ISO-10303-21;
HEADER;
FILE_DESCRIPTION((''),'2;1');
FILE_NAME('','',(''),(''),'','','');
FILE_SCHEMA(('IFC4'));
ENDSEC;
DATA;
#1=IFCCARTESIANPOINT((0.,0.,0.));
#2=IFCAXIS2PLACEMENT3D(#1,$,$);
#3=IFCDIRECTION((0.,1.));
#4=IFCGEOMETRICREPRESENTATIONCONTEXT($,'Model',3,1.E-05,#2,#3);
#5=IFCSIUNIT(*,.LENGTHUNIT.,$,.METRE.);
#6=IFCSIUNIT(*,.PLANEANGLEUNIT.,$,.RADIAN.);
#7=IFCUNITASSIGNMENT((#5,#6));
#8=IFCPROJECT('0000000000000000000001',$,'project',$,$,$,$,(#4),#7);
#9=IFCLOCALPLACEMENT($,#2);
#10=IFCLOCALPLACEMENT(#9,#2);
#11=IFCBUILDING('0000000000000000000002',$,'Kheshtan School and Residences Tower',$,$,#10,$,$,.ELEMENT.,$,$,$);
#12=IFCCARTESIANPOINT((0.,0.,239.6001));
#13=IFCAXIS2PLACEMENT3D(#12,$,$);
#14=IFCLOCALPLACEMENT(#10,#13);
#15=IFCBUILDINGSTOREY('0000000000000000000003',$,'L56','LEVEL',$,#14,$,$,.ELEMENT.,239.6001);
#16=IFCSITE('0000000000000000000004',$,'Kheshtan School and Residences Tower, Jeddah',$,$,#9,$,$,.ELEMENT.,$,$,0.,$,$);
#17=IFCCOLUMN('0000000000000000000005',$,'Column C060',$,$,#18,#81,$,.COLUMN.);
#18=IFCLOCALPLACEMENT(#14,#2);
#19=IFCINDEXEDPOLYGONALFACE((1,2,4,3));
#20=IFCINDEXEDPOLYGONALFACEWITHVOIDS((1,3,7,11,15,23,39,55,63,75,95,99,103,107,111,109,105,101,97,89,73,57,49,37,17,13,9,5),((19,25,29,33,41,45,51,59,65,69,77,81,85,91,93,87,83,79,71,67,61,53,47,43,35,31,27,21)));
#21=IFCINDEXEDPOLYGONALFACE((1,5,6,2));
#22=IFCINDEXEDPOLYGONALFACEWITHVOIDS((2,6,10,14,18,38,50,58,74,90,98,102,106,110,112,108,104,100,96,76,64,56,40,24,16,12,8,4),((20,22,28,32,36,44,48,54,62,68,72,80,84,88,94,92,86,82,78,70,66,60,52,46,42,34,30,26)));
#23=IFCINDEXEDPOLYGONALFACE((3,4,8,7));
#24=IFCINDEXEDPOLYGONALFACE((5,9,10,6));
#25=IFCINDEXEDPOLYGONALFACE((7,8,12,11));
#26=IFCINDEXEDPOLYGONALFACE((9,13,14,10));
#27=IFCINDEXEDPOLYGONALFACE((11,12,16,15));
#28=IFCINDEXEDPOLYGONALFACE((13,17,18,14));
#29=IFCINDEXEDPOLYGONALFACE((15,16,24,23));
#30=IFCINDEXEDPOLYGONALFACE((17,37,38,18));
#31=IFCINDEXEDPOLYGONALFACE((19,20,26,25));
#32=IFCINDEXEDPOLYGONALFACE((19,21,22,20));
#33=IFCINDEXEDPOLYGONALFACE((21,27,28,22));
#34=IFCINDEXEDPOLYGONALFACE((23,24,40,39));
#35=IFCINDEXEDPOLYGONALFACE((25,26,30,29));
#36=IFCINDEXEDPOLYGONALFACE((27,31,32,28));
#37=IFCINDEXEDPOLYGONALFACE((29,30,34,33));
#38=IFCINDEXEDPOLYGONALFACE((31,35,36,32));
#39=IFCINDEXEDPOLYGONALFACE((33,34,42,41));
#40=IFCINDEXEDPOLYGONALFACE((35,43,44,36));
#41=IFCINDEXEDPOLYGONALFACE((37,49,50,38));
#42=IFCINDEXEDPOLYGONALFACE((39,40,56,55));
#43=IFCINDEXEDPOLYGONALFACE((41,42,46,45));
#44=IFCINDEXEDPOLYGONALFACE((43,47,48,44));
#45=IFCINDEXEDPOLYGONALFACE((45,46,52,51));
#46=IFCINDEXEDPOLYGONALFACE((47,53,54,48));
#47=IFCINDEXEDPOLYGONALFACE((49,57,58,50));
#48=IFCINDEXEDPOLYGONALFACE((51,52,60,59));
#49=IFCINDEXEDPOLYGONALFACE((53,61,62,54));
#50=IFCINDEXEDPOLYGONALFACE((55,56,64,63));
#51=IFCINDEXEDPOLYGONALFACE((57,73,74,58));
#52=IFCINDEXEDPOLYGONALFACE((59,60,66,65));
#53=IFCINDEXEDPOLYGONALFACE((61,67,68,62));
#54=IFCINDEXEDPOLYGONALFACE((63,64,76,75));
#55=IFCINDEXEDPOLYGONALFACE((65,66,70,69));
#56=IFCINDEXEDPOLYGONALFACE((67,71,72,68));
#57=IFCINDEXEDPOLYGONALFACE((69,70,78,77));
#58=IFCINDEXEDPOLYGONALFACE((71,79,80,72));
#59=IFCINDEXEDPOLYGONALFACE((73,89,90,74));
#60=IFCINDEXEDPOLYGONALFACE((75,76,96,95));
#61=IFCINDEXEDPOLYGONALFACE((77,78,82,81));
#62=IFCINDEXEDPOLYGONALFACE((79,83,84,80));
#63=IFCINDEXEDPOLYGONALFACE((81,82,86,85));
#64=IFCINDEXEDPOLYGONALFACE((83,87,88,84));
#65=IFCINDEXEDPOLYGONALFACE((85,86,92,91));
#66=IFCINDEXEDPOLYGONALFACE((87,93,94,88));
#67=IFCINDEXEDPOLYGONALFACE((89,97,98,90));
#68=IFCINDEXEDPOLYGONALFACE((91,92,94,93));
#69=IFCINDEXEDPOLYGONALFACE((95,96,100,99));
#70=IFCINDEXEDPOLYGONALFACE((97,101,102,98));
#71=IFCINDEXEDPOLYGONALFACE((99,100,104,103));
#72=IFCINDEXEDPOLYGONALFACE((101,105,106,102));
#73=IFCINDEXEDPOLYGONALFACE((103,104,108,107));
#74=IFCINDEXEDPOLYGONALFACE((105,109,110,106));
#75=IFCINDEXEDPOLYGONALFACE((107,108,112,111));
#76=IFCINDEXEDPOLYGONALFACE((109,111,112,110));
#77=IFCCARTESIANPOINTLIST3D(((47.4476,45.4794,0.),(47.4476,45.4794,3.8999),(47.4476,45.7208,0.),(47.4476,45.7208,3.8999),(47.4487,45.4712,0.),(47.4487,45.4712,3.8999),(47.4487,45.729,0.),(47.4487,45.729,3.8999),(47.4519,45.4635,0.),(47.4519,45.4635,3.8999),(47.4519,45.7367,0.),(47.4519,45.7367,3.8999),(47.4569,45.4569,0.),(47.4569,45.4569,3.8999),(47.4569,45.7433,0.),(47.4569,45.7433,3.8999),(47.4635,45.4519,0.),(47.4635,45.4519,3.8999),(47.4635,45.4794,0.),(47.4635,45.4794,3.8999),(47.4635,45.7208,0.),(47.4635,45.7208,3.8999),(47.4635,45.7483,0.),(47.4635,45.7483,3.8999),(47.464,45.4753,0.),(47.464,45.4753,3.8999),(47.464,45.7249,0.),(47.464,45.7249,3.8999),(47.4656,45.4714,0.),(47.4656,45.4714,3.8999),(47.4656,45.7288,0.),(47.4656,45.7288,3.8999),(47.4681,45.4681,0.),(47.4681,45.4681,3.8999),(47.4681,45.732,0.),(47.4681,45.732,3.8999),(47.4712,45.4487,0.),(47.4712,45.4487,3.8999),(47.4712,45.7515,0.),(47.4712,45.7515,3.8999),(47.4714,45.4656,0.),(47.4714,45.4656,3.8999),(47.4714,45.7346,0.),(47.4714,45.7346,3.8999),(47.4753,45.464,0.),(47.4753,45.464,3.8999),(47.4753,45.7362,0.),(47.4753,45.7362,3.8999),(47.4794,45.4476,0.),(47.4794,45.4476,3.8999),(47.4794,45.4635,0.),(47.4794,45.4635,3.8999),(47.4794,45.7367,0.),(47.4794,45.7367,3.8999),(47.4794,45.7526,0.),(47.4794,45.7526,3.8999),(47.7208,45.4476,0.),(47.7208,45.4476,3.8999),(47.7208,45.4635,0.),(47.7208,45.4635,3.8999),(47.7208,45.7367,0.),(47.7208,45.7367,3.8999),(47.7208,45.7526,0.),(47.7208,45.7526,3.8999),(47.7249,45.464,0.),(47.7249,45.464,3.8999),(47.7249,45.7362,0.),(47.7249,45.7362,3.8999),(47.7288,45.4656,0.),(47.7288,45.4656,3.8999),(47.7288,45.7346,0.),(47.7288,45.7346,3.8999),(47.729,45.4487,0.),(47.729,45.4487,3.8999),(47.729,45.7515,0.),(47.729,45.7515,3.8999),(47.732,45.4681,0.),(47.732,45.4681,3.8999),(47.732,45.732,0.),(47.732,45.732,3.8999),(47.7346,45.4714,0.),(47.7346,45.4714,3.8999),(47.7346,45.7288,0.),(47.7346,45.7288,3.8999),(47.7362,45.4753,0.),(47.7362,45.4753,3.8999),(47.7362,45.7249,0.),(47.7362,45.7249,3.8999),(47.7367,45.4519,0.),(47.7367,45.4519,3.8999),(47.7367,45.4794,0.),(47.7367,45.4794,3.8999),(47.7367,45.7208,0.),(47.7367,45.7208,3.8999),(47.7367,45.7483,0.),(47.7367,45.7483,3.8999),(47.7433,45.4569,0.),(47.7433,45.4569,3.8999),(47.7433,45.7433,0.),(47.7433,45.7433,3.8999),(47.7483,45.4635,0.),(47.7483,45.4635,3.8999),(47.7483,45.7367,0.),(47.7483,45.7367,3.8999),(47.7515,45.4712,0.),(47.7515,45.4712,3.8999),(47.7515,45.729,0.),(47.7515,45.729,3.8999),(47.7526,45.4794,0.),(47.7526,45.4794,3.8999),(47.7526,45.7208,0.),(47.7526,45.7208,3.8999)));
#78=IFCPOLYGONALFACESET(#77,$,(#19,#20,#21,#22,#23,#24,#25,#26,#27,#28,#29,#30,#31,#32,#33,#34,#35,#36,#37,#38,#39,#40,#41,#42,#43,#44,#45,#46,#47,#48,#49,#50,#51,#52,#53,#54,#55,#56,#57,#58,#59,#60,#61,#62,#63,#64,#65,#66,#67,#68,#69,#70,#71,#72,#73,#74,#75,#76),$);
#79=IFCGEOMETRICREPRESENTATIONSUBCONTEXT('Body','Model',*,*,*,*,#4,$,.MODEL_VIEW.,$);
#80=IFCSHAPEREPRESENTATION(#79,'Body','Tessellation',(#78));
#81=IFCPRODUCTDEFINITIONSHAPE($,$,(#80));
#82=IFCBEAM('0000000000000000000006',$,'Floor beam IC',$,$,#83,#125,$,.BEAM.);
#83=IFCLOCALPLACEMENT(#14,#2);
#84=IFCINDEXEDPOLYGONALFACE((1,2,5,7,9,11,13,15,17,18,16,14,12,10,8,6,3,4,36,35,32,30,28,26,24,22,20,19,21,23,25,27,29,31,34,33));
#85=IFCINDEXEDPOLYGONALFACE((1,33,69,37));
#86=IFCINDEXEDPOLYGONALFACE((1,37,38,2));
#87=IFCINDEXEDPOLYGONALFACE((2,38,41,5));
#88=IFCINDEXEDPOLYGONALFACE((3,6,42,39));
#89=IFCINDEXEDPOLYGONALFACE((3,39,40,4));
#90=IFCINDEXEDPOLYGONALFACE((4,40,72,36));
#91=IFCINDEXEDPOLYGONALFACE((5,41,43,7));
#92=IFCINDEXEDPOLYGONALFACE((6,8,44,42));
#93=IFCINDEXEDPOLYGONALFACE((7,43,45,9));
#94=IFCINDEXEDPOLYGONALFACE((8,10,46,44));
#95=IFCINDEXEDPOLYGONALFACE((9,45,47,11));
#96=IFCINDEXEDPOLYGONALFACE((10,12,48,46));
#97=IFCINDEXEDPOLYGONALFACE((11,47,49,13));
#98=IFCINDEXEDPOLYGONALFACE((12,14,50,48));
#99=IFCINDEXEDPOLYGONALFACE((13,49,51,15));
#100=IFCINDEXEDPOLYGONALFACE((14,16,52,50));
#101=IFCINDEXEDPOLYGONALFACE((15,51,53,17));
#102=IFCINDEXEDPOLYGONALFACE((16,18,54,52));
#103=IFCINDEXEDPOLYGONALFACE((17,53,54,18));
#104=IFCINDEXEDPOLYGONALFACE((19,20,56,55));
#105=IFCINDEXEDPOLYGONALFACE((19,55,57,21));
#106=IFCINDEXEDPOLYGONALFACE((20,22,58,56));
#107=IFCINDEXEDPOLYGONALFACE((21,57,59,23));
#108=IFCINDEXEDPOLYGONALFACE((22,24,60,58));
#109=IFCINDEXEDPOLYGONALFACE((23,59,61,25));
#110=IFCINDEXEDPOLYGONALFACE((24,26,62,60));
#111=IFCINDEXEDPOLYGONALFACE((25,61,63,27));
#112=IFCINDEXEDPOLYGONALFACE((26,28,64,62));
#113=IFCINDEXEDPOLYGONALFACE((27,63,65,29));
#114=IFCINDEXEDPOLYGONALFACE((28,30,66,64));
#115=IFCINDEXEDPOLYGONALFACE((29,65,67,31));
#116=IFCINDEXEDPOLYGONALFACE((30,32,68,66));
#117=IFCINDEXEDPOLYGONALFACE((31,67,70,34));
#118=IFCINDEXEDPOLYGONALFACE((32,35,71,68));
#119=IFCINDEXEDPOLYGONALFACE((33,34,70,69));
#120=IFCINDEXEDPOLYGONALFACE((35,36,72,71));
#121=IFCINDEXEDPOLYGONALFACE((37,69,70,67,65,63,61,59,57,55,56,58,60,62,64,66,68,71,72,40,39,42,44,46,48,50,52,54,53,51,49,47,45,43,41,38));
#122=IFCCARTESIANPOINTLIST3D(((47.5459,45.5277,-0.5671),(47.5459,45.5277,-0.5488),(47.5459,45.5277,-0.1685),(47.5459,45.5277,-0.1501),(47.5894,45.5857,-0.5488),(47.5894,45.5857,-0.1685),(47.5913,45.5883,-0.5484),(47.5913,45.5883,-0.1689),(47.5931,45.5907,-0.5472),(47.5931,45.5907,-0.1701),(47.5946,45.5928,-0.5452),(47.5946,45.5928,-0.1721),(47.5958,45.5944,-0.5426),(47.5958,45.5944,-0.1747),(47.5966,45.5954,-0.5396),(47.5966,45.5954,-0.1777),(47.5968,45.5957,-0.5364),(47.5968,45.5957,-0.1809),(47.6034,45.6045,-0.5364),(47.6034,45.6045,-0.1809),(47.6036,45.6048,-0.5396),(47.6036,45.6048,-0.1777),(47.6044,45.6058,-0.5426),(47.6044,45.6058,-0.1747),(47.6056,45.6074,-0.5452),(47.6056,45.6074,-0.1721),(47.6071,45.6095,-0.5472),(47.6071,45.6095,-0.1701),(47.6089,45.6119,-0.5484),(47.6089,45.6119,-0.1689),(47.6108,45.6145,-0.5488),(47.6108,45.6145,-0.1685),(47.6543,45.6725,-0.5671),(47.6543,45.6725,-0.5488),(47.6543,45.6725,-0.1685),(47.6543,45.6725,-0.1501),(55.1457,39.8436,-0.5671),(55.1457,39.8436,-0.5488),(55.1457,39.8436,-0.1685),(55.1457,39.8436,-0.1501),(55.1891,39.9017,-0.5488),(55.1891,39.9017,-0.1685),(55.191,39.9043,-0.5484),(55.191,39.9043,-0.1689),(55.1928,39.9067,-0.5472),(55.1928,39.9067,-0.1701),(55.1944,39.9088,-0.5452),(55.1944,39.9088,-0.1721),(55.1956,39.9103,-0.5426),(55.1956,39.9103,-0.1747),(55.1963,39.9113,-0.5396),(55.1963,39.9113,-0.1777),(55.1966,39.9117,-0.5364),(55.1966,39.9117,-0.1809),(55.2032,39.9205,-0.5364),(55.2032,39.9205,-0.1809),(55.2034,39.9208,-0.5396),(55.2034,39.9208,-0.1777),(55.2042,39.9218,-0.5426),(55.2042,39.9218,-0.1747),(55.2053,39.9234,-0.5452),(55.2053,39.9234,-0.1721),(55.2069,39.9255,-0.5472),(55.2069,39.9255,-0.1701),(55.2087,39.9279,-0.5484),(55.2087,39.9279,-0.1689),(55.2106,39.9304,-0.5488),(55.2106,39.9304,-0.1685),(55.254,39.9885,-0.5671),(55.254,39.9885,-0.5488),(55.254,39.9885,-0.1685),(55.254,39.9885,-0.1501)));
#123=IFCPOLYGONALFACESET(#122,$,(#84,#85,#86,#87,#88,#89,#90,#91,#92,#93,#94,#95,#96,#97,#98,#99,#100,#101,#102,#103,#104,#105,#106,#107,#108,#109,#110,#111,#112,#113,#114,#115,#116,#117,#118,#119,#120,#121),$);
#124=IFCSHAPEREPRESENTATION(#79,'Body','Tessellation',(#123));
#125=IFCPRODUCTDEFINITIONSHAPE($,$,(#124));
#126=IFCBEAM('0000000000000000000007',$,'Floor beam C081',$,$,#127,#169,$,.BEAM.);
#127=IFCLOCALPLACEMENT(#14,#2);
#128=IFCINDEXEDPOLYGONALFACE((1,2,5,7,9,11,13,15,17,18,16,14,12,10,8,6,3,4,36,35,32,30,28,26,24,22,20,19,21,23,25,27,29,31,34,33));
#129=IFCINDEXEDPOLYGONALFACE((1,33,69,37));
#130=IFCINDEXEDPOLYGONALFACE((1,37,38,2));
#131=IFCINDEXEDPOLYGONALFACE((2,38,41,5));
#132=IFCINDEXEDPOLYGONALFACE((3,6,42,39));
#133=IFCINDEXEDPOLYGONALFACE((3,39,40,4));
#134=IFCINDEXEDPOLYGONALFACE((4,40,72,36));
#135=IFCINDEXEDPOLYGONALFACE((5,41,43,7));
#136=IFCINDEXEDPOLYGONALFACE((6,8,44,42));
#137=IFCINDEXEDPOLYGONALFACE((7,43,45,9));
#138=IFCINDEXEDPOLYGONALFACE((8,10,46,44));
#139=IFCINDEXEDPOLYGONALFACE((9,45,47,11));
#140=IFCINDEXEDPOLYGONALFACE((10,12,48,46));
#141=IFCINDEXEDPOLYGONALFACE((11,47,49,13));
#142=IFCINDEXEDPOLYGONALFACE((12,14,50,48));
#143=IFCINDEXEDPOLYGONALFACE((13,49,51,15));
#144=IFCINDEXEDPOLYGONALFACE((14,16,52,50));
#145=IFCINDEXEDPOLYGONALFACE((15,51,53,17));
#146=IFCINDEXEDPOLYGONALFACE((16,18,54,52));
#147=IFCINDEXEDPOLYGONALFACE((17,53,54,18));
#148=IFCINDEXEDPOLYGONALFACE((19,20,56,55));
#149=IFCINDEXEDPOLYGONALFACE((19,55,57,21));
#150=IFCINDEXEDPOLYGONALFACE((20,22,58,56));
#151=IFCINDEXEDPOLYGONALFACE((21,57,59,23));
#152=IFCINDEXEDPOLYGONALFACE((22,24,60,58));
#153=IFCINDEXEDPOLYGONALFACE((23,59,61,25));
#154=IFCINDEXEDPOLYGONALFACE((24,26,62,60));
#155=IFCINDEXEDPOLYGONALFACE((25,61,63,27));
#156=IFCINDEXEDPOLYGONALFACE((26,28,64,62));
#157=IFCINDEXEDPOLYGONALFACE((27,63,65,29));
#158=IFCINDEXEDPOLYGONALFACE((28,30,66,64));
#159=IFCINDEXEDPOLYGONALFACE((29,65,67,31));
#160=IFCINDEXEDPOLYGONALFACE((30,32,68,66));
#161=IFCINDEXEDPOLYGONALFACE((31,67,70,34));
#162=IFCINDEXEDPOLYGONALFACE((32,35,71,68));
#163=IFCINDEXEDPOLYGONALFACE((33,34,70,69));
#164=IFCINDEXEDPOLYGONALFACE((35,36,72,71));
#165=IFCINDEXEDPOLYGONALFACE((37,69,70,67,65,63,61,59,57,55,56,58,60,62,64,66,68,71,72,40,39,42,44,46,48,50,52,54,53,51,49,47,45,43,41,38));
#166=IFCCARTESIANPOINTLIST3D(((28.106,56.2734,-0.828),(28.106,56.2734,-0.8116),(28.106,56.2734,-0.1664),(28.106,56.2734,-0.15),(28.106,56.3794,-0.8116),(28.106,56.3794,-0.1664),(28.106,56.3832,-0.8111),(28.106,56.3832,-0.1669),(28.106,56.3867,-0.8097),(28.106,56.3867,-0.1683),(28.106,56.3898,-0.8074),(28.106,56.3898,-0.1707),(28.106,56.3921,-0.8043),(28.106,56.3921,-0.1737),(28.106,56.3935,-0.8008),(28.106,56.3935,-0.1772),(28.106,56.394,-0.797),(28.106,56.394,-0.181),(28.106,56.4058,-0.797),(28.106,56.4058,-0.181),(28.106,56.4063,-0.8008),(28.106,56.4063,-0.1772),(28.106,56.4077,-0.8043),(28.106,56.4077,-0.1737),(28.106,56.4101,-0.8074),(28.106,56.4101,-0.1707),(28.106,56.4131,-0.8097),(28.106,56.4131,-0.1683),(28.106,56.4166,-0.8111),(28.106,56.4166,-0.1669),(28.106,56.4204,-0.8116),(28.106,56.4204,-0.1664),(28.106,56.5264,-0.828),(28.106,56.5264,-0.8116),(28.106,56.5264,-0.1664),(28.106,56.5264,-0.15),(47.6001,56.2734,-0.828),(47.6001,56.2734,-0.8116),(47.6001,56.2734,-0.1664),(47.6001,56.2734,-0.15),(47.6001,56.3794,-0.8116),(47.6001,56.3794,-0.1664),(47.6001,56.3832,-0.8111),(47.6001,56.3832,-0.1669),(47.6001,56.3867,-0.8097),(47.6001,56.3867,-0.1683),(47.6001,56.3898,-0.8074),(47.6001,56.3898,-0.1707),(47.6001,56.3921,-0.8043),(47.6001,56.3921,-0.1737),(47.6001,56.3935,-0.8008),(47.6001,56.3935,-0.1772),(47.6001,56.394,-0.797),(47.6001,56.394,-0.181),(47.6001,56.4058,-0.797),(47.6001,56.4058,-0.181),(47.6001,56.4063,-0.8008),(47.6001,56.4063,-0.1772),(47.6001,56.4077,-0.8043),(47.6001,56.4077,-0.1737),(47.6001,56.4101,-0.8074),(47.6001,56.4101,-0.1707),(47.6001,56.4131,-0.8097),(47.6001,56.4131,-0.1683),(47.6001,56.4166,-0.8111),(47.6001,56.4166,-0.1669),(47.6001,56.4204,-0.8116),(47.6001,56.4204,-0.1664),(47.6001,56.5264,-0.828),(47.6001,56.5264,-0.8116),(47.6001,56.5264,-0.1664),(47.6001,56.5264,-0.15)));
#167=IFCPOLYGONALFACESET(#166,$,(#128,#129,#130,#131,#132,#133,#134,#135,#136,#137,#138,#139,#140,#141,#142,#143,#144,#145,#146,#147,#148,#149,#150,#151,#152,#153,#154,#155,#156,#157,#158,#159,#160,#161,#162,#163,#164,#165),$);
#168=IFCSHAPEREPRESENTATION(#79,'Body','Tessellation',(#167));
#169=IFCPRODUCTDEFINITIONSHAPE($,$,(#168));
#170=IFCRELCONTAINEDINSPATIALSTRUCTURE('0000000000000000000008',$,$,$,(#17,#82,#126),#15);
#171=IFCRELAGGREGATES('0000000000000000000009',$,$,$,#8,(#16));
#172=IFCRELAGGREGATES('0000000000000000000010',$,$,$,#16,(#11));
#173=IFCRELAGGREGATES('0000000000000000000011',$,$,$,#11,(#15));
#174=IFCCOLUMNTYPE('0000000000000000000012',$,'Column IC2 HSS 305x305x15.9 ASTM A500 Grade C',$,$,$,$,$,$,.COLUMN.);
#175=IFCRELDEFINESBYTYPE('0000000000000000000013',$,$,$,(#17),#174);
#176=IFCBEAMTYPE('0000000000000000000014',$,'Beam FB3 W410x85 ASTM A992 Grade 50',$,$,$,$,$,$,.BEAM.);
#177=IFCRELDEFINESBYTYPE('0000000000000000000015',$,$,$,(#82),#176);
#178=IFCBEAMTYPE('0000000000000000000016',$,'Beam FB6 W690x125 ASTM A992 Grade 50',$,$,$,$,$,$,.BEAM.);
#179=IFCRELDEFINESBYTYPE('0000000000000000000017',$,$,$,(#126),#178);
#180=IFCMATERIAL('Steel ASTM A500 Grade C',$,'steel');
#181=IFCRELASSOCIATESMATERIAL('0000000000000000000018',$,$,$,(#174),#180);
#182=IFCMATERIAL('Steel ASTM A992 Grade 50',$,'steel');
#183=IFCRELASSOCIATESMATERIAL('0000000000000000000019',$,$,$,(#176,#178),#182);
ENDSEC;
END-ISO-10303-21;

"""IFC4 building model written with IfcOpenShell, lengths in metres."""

from ifc_helpers import new_model, si_unit, direction, frame, origin, origin_2d, place, context, subcontext, project, spatial, hollow_rectangle, i_section, extrude, material, material_profile, profile_set, type_object, element, save


model = new_model("IFC4")

# Units and contexts
model_context = context("Model", 3, precision=1e-05, world=origin(), true_north=direction((0.0, 1.0)))
body_context = subcontext(model_context, "Body", "Model", "MODEL_VIEW")
ifc_project = project(units=[si_unit("LENGTHUNIT", "METRE"), si_unit("PLANEANGLEUNIT", "RADIAN")], contexts=[model_context])

# Site, building, storey
site_placement = place(None, origin())
site = spatial("IfcSite", under=ifc_project, at=site_placement, Name="Kheshtan School and Residences Tower, Jeddah", CompositionType="ELEMENT", RefElevation=0.0)
building_placement = place(site_placement, origin())
building = spatial("IfcBuilding", under=site, at=building_placement, Name="Kheshtan School and Residences Tower", CompositionType="ELEMENT")
storey_placement = place(building_placement, frame((0.0, 0.0, 239.6001)))
storey = spatial("IfcBuildingStorey", under=building, at=storey_placement, Name="L56", Description="LEVEL", CompositionType="ELEMENT", Elevation=239.6001)

# Column
ifc_material_1 = material(Name="Steel ASTM A992 Grade 50", Category="steel")
ifc_material_2 = material(Name="Steel ASTM A500 Grade C", Category="steel")
ifc_material_profile_1 = material_profile(ifc_material_2, hollow_rectangle(XDim=0.3049, YDim=0.3049, WallThickness=0.0159, InnerFilletRadius=0.0159, OuterFilletRadius=0.0317, at=origin_2d()), Name="HSS 305x305x15.9")
ifc_profile_set_1 = profile_set([ifc_material_profile_1], Name="Steel ASTM A500 Grade C")
column_type_1 = type_object("IfcColumnType", Name="Column IC2 HSS 305x305x15.9 ASTM A500 Grade C", PredefinedType="COLUMN", material=ifc_profile_set_1)
column_placement = place(storey_placement, frame((47.6001, 45.6001, 0.0), z_axis=(0.0, 0.0, 1.0), x_axis=(1.0, 0.0, 0.0)))
element("IfcColumn", 1, at=column_placement, inside=storey, type_object=column_type_1, Name="Column C060", PredefinedType="COLUMN", context=body_context, shape_type="SweptSolid", body=[
    extrude(hollow_rectangle(XDim=0.3049, YDim=0.3049, WallThickness=0.0159, InnerFilletRadius=0.0159, OuterFilletRadius=0.0317, at=origin_2d()), origin(), (0.0, 0.0, 1.0), 3.8999),
])

# Beams
ifc_material_profile_2 = material_profile(ifc_material_1, i_section(OverallWidth=0.1809, OverallDepth=0.417, WebThickness=0.011, FlangeThickness=0.0183, FilletRadius=0.0125, at=origin_2d()), Name="W410x85")
ifc_profile_set_2 = profile_set([ifc_material_profile_2], Name="Steel ASTM A992 Grade 50")
beam_type_1 = type_object("IfcBeamType", Name="Beam FB3 W410x85 ASTM A992 Grade 50", PredefinedType="BEAM", material=ifc_profile_set_2)
beam_1_placement = place(storey_placement, frame((47.6001, 45.6001, -0.3586), z_axis=(0.800799, -0.598933, 0.0), x_axis=(0.598933, 0.800799, 0.0)))
element("IfcBeam", 2, at=beam_1_placement, inside=storey, type_object=beam_type_1, Name="Floor beam IC", PredefinedType="BEAM", context=body_context, shape_type="SweptSolid", body=[
    extrude(i_section(OverallWidth=0.1809, OverallDepth=0.417, WebThickness=0.011, FlangeThickness=0.0183, FilletRadius=0.0125, at=origin_2d()), origin(), (0.0, 0.0, 1.0), 9.4902),
])
ifc_material_profile_3 = material_profile(ifc_material_1, i_section(OverallWidth=0.2529, OverallDepth=0.678, WebThickness=0.0117, FlangeThickness=0.0164, FilletRadius=0.0146, at=origin_2d()), Name="W690x125")
ifc_profile_set_3 = profile_set([ifc_material_profile_3], Name="Steel ASTM A992 Grade 50")
beam_type_2 = type_object("IfcBeamType", Name="Beam FB6 W690x125 ASTM A992 Grade 50", PredefinedType="BEAM", material=ifc_profile_set_3)
beam_2_placement = place(storey_placement, frame((47.6001, 56.3999, -0.489), z_axis=(-1.0, 0.0, 0.0), x_axis=(0.0, -1.0, 0.0)))
element("IfcBeam", 3, at=beam_2_placement, inside=storey, type_object=beam_type_2, Name="Floor beam C081", PredefinedType="BEAM", context=body_context, shape_type="SweptSolid", body=[
    extrude(i_section(OverallWidth=0.2529, OverallDepth=0.678, WebThickness=0.0117, FlangeThickness=0.0164, FilletRadius=0.0146, at=origin_2d()), origin(), (0.0, 0.0, 1.0), 19.4941),
])

save(model, "model.ifc")
